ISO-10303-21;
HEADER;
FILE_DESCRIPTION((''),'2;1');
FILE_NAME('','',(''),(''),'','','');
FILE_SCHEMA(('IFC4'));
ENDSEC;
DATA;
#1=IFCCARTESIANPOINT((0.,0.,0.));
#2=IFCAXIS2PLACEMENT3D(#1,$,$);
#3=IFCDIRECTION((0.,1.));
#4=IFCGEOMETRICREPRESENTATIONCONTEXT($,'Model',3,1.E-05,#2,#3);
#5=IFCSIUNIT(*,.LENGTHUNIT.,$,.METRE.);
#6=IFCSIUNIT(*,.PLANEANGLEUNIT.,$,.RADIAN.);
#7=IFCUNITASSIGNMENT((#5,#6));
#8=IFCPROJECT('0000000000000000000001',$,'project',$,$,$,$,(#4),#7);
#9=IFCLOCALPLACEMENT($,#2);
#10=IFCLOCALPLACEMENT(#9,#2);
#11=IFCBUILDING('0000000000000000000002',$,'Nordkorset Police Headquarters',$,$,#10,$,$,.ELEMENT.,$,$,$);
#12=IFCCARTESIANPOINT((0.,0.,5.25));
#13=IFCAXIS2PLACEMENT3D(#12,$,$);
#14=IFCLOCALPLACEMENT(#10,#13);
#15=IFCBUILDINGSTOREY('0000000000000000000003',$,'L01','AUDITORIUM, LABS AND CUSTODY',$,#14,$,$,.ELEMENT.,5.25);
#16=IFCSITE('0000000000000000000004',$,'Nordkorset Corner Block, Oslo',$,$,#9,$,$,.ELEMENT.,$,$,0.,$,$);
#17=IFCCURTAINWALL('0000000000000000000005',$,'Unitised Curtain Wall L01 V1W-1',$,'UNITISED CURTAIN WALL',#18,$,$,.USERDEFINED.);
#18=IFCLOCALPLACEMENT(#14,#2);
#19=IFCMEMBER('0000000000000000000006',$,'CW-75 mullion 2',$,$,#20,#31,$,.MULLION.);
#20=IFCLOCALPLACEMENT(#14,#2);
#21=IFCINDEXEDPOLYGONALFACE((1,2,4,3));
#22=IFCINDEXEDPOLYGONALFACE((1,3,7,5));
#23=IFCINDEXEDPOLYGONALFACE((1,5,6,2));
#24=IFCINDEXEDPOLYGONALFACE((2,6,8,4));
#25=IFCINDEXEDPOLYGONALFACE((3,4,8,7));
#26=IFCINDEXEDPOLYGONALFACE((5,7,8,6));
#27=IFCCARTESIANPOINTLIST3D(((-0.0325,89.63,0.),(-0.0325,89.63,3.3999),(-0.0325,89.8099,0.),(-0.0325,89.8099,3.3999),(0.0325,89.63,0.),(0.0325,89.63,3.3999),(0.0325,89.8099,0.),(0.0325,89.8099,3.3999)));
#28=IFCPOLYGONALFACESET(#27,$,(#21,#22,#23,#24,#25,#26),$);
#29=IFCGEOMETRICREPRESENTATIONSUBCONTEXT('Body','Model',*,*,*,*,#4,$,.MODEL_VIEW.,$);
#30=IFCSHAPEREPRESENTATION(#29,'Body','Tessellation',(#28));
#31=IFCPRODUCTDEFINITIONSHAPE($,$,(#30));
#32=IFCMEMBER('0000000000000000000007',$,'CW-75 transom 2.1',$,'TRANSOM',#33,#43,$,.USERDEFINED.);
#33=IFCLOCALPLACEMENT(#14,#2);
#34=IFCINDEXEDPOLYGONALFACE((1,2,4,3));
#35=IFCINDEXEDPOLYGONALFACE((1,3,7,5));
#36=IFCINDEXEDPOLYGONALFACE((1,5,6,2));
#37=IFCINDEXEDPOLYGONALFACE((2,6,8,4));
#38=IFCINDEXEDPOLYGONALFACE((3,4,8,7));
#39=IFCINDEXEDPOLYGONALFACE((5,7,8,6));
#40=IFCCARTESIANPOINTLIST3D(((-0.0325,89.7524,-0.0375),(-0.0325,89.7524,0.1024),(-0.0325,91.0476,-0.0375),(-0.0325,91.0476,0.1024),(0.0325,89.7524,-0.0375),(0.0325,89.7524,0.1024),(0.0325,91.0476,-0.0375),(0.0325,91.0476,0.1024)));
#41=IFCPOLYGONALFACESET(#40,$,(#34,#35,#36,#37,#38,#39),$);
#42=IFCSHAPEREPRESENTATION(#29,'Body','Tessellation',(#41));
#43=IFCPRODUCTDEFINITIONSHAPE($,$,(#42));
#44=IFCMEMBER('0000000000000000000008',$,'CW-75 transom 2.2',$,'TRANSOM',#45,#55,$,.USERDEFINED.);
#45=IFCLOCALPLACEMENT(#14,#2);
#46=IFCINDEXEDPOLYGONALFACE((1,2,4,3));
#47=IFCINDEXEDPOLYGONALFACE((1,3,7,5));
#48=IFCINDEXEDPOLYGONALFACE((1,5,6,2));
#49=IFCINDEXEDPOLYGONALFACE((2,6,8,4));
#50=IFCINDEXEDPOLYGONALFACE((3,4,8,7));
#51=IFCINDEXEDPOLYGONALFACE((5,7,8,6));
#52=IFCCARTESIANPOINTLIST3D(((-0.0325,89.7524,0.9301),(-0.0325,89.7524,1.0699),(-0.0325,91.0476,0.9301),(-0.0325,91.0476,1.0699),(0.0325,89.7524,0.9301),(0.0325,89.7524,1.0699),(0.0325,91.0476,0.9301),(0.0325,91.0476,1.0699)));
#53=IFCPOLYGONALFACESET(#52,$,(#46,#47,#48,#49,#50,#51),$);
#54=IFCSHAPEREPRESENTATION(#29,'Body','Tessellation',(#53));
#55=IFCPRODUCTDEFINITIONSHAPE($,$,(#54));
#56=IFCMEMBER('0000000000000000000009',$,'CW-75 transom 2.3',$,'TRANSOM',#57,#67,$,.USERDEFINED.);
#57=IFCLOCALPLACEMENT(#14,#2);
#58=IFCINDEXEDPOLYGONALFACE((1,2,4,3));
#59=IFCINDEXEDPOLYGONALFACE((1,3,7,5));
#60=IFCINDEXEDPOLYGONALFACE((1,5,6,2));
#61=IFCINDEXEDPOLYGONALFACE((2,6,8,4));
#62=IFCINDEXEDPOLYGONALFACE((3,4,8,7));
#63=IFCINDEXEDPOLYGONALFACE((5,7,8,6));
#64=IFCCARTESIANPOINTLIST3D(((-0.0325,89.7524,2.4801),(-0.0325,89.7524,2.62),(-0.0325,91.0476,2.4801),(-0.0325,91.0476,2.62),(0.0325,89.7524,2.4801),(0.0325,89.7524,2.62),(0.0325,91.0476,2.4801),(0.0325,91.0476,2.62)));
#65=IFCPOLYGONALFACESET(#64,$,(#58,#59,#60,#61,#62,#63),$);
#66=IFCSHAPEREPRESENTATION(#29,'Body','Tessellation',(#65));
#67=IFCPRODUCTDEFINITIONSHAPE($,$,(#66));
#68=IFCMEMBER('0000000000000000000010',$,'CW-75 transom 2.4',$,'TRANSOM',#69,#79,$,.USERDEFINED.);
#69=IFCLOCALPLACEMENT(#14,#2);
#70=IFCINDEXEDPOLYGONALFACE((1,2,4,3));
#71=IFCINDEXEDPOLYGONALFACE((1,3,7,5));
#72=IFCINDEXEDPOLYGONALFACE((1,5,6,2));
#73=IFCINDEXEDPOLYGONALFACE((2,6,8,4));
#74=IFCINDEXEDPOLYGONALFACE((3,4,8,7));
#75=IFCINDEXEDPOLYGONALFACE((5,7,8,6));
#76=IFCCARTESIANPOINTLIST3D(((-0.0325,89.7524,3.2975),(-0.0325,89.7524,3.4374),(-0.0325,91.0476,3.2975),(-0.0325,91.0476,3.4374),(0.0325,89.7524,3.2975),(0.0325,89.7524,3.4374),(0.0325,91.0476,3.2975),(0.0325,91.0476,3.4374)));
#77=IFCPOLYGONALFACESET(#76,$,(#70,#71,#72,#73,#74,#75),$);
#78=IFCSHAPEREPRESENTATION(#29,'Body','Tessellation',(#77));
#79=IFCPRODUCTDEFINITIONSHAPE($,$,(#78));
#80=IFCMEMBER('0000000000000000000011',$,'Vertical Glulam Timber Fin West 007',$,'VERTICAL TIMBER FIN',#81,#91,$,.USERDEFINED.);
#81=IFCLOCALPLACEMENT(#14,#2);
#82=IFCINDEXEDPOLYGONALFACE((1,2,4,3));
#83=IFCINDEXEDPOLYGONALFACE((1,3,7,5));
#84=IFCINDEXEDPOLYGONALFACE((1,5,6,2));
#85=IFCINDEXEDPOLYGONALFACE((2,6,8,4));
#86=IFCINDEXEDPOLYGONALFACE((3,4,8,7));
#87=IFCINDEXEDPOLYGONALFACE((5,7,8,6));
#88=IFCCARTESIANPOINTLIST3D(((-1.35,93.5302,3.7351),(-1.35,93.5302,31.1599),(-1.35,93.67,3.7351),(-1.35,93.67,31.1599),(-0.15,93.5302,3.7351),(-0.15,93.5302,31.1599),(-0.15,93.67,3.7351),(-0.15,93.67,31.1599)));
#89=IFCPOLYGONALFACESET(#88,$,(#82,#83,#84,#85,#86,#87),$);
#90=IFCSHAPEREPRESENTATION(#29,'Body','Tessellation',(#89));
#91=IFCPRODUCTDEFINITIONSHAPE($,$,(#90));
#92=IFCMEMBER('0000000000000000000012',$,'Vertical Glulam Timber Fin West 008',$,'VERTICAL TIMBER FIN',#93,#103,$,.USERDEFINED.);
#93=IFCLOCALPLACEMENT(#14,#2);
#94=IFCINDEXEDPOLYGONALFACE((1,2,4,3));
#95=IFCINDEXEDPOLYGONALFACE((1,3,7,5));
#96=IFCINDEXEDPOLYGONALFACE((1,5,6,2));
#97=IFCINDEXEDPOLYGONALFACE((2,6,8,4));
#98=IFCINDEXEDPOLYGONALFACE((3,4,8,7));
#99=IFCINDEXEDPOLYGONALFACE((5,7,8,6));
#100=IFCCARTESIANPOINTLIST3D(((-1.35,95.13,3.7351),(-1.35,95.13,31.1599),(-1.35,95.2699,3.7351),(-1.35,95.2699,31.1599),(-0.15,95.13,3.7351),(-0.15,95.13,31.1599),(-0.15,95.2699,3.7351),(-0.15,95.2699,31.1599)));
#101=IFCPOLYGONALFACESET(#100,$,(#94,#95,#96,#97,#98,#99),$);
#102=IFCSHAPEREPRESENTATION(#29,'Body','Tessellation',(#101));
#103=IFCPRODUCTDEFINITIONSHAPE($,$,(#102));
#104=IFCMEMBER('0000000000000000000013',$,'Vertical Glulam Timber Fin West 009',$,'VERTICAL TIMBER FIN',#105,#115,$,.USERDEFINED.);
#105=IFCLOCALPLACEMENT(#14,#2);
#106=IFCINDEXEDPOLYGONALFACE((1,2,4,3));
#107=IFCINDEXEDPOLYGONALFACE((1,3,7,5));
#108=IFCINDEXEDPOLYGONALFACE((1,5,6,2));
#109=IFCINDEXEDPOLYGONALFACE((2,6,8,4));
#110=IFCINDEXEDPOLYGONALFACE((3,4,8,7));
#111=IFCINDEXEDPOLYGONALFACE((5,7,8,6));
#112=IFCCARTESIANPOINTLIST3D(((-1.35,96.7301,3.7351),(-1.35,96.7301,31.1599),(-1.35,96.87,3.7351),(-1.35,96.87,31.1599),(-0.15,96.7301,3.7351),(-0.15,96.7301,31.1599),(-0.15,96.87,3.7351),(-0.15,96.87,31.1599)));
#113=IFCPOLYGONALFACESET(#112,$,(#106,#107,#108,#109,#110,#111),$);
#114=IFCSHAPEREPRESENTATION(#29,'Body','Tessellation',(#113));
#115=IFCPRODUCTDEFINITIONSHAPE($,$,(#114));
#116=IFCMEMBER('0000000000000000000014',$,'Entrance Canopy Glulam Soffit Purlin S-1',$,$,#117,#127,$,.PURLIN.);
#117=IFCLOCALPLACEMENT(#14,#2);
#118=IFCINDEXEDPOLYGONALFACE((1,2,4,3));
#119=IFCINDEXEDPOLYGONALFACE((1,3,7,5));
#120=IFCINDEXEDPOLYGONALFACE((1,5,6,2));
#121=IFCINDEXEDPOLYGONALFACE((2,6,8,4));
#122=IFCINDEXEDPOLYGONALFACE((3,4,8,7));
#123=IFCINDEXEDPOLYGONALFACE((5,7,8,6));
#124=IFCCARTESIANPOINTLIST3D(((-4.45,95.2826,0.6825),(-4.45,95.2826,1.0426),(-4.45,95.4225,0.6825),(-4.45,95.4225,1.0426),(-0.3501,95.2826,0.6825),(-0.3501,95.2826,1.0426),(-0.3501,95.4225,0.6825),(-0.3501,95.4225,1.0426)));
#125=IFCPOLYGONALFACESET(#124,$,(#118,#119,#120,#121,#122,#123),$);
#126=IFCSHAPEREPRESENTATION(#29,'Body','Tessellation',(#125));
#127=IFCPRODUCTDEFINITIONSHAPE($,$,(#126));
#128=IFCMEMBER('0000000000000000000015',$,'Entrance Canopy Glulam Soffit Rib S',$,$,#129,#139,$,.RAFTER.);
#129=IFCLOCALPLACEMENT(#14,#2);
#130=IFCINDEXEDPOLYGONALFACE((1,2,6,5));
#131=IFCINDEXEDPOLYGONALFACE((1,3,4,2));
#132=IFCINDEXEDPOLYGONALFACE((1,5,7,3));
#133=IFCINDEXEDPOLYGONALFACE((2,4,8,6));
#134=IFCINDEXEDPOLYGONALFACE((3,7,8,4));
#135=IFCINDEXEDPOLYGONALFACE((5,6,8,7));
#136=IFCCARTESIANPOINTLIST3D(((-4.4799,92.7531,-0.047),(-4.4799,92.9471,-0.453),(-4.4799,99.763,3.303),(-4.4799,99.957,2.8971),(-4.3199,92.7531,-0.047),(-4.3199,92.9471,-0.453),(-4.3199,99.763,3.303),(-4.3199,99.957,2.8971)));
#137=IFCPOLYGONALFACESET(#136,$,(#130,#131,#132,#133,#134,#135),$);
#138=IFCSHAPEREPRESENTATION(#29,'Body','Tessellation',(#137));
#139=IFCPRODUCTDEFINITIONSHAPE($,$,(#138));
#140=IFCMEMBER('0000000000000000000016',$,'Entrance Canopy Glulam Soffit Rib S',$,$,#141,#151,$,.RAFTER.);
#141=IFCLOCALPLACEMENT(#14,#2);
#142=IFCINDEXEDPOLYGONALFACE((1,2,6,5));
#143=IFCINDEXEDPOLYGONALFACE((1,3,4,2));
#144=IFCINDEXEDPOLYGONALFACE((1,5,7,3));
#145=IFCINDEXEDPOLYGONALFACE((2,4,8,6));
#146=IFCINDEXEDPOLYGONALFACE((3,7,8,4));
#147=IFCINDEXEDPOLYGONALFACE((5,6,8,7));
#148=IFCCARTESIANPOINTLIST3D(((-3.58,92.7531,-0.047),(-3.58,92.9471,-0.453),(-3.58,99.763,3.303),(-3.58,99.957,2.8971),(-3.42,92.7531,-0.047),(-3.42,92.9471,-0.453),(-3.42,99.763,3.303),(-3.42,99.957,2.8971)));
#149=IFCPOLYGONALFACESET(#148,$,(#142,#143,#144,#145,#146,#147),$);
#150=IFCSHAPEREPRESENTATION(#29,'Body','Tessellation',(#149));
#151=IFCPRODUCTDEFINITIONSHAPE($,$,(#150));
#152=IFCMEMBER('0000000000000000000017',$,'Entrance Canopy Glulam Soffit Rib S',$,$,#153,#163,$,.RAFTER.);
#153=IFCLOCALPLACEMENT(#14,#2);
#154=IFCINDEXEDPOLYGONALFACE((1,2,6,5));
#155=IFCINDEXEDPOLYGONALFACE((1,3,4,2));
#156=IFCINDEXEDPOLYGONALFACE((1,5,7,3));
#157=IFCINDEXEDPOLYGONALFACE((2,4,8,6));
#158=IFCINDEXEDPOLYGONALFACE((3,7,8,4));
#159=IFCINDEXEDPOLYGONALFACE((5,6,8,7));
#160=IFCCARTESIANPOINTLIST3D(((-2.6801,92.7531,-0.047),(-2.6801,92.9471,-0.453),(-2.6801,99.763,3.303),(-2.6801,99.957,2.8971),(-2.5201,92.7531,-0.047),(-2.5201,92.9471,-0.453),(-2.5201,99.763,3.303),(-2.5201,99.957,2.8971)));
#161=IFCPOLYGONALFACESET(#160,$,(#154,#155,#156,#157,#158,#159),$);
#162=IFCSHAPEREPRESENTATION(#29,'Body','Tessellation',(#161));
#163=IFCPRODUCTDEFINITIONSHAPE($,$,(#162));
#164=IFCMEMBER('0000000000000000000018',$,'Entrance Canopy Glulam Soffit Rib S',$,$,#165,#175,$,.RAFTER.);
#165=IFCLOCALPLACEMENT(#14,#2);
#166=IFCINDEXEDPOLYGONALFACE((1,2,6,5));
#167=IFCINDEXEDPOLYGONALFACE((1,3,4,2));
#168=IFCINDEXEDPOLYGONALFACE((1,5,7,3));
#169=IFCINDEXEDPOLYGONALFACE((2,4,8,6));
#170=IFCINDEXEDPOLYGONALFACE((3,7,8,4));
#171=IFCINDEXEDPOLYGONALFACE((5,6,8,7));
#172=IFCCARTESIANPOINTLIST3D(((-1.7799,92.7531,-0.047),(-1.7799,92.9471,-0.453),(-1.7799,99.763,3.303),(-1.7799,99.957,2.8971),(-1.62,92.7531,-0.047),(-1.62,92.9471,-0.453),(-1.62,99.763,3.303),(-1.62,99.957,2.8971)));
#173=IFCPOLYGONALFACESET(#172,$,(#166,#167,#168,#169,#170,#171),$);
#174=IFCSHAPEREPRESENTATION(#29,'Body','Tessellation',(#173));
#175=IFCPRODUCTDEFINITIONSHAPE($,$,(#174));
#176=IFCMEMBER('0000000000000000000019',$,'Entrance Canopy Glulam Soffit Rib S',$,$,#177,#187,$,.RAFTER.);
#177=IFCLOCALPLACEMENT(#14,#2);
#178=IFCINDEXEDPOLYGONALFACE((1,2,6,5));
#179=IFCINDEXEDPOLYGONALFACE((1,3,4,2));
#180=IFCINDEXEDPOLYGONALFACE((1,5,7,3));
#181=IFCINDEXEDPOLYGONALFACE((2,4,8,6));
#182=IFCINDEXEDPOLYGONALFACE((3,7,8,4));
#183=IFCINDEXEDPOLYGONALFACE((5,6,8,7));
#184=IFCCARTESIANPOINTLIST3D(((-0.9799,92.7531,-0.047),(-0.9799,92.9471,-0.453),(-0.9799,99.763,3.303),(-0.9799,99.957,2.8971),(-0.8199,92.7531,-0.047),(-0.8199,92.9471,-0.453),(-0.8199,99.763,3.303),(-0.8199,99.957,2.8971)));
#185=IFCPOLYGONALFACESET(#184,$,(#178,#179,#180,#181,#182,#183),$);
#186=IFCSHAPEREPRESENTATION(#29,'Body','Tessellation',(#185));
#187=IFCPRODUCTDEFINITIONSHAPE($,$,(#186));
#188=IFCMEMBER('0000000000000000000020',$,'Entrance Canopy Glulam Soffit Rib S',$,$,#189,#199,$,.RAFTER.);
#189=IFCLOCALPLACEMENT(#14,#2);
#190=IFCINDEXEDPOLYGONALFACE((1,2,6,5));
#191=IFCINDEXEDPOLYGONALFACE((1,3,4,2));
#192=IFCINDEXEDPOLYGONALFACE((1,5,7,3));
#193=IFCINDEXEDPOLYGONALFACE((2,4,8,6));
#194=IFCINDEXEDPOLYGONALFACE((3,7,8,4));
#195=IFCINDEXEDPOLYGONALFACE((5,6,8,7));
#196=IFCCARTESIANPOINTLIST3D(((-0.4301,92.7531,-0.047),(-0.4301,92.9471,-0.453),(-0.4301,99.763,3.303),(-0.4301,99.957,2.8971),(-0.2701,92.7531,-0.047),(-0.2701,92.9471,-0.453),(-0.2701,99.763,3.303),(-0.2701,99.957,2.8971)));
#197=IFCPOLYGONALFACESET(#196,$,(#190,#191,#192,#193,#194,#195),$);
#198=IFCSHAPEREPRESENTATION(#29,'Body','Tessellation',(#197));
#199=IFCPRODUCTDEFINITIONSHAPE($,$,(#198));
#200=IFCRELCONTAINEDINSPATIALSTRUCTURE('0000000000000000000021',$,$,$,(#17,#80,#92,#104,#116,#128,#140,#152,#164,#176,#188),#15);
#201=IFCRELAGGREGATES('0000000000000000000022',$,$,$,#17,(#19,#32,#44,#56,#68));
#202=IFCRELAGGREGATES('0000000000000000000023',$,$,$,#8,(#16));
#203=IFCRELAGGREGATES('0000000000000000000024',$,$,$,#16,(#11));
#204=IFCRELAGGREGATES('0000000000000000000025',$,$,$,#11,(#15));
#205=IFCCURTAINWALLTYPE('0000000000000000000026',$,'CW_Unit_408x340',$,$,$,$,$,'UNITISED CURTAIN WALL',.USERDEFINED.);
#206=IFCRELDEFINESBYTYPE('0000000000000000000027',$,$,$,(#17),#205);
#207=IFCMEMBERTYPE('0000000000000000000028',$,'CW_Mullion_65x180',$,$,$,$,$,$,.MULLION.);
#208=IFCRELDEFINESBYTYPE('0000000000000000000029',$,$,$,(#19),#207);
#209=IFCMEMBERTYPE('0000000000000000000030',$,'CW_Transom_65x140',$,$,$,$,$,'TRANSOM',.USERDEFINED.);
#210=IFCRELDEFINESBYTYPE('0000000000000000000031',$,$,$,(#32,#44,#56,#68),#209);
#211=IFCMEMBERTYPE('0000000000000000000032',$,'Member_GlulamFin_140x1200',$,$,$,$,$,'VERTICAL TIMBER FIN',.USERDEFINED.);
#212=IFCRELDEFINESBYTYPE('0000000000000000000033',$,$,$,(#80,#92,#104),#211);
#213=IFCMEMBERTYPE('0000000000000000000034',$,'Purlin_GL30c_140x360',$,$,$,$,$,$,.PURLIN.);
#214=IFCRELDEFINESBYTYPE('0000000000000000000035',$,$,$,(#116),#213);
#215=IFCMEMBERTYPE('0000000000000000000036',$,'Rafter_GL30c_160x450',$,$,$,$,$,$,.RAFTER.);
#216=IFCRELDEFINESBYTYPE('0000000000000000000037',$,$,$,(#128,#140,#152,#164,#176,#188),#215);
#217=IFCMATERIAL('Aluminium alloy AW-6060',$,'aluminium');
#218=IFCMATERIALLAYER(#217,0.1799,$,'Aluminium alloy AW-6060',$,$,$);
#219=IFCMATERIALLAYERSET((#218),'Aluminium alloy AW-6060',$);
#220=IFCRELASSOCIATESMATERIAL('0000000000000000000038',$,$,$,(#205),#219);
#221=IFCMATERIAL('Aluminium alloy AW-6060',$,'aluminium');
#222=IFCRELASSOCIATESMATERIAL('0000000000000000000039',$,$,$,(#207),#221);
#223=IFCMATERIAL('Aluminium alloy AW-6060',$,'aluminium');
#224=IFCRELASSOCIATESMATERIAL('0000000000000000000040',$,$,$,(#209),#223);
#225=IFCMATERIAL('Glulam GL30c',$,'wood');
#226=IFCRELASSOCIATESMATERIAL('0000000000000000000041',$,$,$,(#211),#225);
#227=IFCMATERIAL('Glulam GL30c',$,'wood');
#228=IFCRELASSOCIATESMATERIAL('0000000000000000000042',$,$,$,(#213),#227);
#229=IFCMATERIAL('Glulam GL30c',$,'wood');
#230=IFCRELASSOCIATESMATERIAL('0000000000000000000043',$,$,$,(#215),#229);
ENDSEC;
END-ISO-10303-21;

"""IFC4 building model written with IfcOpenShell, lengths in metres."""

from ifc_helpers import new_model, si_unit, direction, frame, origin, origin_2d, place, context, subcontext, project, spatial, rectangle, extrude, material, layer, layer_set, material_profile, profile_set, type_object, element, aggregate, save


model = new_model("IFC4")

# Units and contexts
model_context = context("Model", 3, precision=1e-05, world=origin(), true_north=direction((0.0, 1.0)))
body_context = subcontext(model_context, "Body", "Model", "MODEL_VIEW")
ifc_project = project(units=[si_unit("LENGTHUNIT", "METRE"), si_unit("PLANEANGLEUNIT", "RADIAN")], contexts=[model_context])

# Site, building, storey
site_placement = place(None, origin())
site = spatial("IfcSite", under=ifc_project, at=site_placement, Name="Nordkorset Corner Block, Oslo", CompositionType="ELEMENT", RefElevation=0.0)
building_placement = place(site_placement, origin())
building = spatial("IfcBuilding", under=site, at=building_placement, Name="Nordkorset Police Headquarters", CompositionType="ELEMENT")
storey_placement = place(building_placement, frame((0.0, 0.0, 5.25)))
storey = spatial("IfcBuildingStorey", under=building, at=storey_placement, Name="L01", Description="AUDITORIUM, LABS AND CUSTODY", CompositionType="ELEMENT", Elevation=5.25)

# Curtain wall, members
ifc_material_1 = material(Name="Aluminium alloy AW-6060", Category="aluminium")
ifc_layer_1 = layer(ifc_material_1, 0.1799, Name="Aluminium alloy AW-6060")
ifc_layer_set_1 = layer_set([ifc_layer_1], Name="Aluminium alloy AW-6060")
curtain_wall_type = type_object("IfcCurtainWallType", Name="CW_Unit_408x340", ElementType="UNITISED CURTAIN WALL", PredefinedType="USERDEFINED", material=ifc_layer_set_1)
curtain_wall_placement = place(storey_placement, origin())
curtain_wall = element("IfcCurtainWall", 1, at=curtain_wall_placement, inside=storey, type_object=curtain_wall_type, Name="Unitised Curtain Wall L01 V1W-1", ObjectType="UNITISED CURTAIN WALL", PredefinedType="USERDEFINED")
ifc_material_2 = material(Name="Aluminium alloy AW-6060", Category="aluminium")
ifc_material_profile_1 = material_profile(ifc_material_2, rectangle(XDim=0.0649, YDim=0.1799, at=origin_2d()), Name="ALU MULL 65x180")
ifc_profile_set_1 = profile_set([ifc_material_profile_1], Name="Aluminium alloy AW-6060")
member_type_1 = type_object("IfcMemberType", Name="CW_Mullion_65x180", PredefinedType="MULLION", material=ifc_profile_set_1)
member_1_placement = place(storey_placement, frame((0.0, 89.72, 0.0), z_axis=(0.0, 0.0, 1.0), x_axis=(-1.0, 0.0, 0.0)))
member_1 = element("IfcMember", 2, at=member_1_placement, type_object=member_type_1, Name="CW-75 mullion 2", PredefinedType="MULLION", context=body_context, shape_type="SweptSolid", body=[
    extrude(rectangle(XDim=0.0649, YDim=0.1799, at=origin_2d()), origin(), (0.0, 0.0, 1.0), 3.3999),
])
ifc_material_3 = material(Name="Aluminium alloy AW-6060", Category="aluminium")
ifc_material_profile_2 = material_profile(ifc_material_3, rectangle(XDim=0.0649, YDim=0.1399, at=origin_2d()), Name="ALU TRAN 65x140")
ifc_profile_set_2 = profile_set([ifc_material_profile_2], Name="Aluminium alloy AW-6060")
member_type_2 = type_object("IfcMemberType", Name="CW_Transom_65x140", ElementType="TRANSOM", PredefinedType="USERDEFINED", material=ifc_profile_set_2)
member_2_placement = place(storey_placement, frame((0.0, 89.7524, 0.0325), z_axis=(0.0, 1.0, 0.0), x_axis=(-1.0, 0.0, 0.0)))
member_2 = element("IfcMember", 3, at=member_2_placement, type_object=member_type_2, Name="CW-75 transom 2.1", ObjectType="TRANSOM", PredefinedType="USERDEFINED", context=body_context, shape_type="SweptSolid", body=[
    extrude(rectangle(XDim=0.0649, YDim=0.1399, at=origin_2d()), origin(), (0.0, 0.0, 1.0), 1.2952),
])
member_3_placement = place(storey_placement, frame((0.0, 89.7524, 1.0), z_axis=(0.0, 1.0, 0.0), x_axis=(-1.0, 0.0, 0.0)))
member_3 = element("IfcMember", 4, at=member_3_placement, type_object=member_type_2, Name="CW-75 transom 2.2", ObjectType="TRANSOM", PredefinedType="USERDEFINED", context=body_context, shape_type="SweptSolid", body=[
    extrude(rectangle(XDim=0.0649, YDim=0.1399, at=origin_2d()), origin(), (0.0, 0.0, 1.0), 1.2952),
])
member_4_placement = place(storey_placement, frame((0.0, 89.7524, 2.55), z_axis=(0.0, 1.0, 0.0), x_axis=(-1.0, 0.0, 0.0)))
member_4 = element("IfcMember", 5, at=member_4_placement, type_object=member_type_2, Name="CW-75 transom 2.3", ObjectType="TRANSOM", PredefinedType="USERDEFINED", context=body_context, shape_type="SweptSolid", body=[
    extrude(rectangle(XDim=0.0649, YDim=0.1399, at=origin_2d()), origin(), (0.0, 0.0, 1.0), 1.2952),
])
member_5_placement = place(storey_placement, frame((0.0, 89.7524, 3.3674), z_axis=(0.0, 1.0, 0.0), x_axis=(-1.0, 0.0, 0.0)))
member_5 = element("IfcMember", 6, at=member_5_placement, type_object=member_type_2, Name="CW-75 transom 2.4", ObjectType="TRANSOM", PredefinedType="USERDEFINED", context=body_context, shape_type="SweptSolid", body=[
    extrude(rectangle(XDim=0.0649, YDim=0.1399, at=origin_2d()), origin(), (0.0, 0.0, 1.0), 1.2952),
])

# Members
ifc_material_4 = material(Name="Glulam GL30c", Category="wood")
ifc_material_profile_3 = material_profile(ifc_material_4, rectangle(XDim=0.1399, YDim=1.2, at=origin_2d()), Name="GL30C FIN 140x1200")
ifc_profile_set_3 = profile_set([ifc_material_profile_3], Name="Glulam GL30c")
member_type_3 = type_object("IfcMemberType", Name="Member_GlulamFin_140x1200", ElementType="VERTICAL TIMBER FIN", PredefinedType="USERDEFINED", material=ifc_profile_set_3)
for number, where, z_axis, x_axis, name in (
    (7, (-0.75, 93.6001, 3.7351), (0.0, 0.0, 1.0), (0.0, 1.0, 0.0), "Vertical Glulam Timber Fin West 007"),
    (8, (-0.75, 95.2, 3.7351), (0.0, 0.0, 1.0), (0.0, 1.0, 0.0), "Vertical Glulam Timber Fin West 008"),
    (9, (-0.75, 96.8, 3.7351), (0.0, 0.0, 1.0), (0.0, 1.0, 0.0), "Vertical Glulam Timber Fin West 009"),
):
    element("IfcMember", number, at=place(storey_placement, frame(where, z_axis=z_axis, x_axis=x_axis)), inside=storey, type_object=member_type_3, Name=name, ObjectType="VERTICAL TIMBER FIN", PredefinedType="USERDEFINED", context=body_context, shape_type="SweptSolid", body=[
        extrude(rectangle(XDim=0.1399, YDim=1.2, at=origin_2d()), origin(), (0.0, 0.0, 1.0), 27.4248),
    ])
ifc_material_5 = material(Name="Glulam GL30c", Category="wood")
ifc_material_profile_4 = material_profile(ifc_material_5, rectangle(XDim=0.1399, YDim=0.3601, at=origin_2d()), Name="GL30c 140x360")
ifc_profile_set_4 = profile_set([ifc_material_profile_4], Name="Glulam GL30c")
member_type_4 = type_object("IfcMemberType", Name="Purlin_GL30c_140x360", PredefinedType="PURLIN", material=ifc_profile_set_4)
member_6_placement = place(storey_placement, frame((-4.45, 95.3525, 0.8625), z_axis=(1.0, 0.0, 0.0), x_axis=(0.0, 1.0, 0.0)))
element("IfcMember", 10, at=member_6_placement, inside=storey, type_object=member_type_4, Name="Entrance Canopy Glulam Soffit Purlin S-1", PredefinedType="PURLIN", context=body_context, shape_type="SweptSolid", body=[
    extrude(rectangle(XDim=0.1399, YDim=0.3601, at=origin_2d()), origin(), (0.0, 0.0, 1.0), 4.0999),
])
ifc_material_6 = material(Name="Glulam GL30c", Category="wood")
ifc_material_profile_5 = material_profile(ifc_material_6, rectangle(XDim=0.1599, YDim=0.45, at=origin_2d()), Name="GL30c 160x450")
ifc_profile_set_5 = profile_set([ifc_material_profile_5], Name="Glulam GL30c")
member_type_5 = type_object("IfcMemberType", Name="Rafter_GL30c_160x450", PredefinedType="RAFTER", material=ifc_profile_set_5)
for number, where, z_axis, x_axis, name in (
    (11, (-4.3999, 92.8501, -0.25), (0.0, 0.90226, 0.431192), (-1.0, 0.0, 0.0), "Entrance Canopy Glulam Soffit Rib S"),
    (12, (-3.5, 92.8501, -0.25), (0.0, 0.90226, 0.431192), (-1.0, 0.0, 0.0), "Entrance Canopy Glulam Soffit Rib S"),
    (13, (-2.6001, 92.8501, -0.25), (0.0, 0.90226, 0.431192), (-1.0, 0.0, 0.0), "Entrance Canopy Glulam Soffit Rib S"),
    (14, (-1.7, 92.8501, -0.25), (0.0, 0.90226, 0.431192), (-1.0, 0.0, 0.0), "Entrance Canopy Glulam Soffit Rib S"),
    (15, (-0.8999, 92.8501, -0.25), (0.0, 0.90226, 0.431192), (-1.0, 0.0, 0.0), "Entrance Canopy Glulam Soffit Rib S"),
    (16, (-0.3501, 92.8501, -0.25), (0.0, 0.90226, 0.431192), (-1.0, 0.0, 0.0), "Entrance Canopy Glulam Soffit Rib S"),
):
    element("IfcMember", number, at=place(storey_placement, frame(where, z_axis=z_axis, x_axis=x_axis)), inside=storey, type_object=member_type_5, Name=name, PredefinedType="RAFTER", context=body_context, shape_type="SweptSolid", body=[
        extrude(rectangle(XDim=0.1599, YDim=0.45, at=origin_2d()), origin(), (0.0, 0.0, 1.0), 7.7693),
    ])

aggregate(curtain_wall, [member_1, member_2, member_3, member_4, member_5])

save(model, "model.ifc")
